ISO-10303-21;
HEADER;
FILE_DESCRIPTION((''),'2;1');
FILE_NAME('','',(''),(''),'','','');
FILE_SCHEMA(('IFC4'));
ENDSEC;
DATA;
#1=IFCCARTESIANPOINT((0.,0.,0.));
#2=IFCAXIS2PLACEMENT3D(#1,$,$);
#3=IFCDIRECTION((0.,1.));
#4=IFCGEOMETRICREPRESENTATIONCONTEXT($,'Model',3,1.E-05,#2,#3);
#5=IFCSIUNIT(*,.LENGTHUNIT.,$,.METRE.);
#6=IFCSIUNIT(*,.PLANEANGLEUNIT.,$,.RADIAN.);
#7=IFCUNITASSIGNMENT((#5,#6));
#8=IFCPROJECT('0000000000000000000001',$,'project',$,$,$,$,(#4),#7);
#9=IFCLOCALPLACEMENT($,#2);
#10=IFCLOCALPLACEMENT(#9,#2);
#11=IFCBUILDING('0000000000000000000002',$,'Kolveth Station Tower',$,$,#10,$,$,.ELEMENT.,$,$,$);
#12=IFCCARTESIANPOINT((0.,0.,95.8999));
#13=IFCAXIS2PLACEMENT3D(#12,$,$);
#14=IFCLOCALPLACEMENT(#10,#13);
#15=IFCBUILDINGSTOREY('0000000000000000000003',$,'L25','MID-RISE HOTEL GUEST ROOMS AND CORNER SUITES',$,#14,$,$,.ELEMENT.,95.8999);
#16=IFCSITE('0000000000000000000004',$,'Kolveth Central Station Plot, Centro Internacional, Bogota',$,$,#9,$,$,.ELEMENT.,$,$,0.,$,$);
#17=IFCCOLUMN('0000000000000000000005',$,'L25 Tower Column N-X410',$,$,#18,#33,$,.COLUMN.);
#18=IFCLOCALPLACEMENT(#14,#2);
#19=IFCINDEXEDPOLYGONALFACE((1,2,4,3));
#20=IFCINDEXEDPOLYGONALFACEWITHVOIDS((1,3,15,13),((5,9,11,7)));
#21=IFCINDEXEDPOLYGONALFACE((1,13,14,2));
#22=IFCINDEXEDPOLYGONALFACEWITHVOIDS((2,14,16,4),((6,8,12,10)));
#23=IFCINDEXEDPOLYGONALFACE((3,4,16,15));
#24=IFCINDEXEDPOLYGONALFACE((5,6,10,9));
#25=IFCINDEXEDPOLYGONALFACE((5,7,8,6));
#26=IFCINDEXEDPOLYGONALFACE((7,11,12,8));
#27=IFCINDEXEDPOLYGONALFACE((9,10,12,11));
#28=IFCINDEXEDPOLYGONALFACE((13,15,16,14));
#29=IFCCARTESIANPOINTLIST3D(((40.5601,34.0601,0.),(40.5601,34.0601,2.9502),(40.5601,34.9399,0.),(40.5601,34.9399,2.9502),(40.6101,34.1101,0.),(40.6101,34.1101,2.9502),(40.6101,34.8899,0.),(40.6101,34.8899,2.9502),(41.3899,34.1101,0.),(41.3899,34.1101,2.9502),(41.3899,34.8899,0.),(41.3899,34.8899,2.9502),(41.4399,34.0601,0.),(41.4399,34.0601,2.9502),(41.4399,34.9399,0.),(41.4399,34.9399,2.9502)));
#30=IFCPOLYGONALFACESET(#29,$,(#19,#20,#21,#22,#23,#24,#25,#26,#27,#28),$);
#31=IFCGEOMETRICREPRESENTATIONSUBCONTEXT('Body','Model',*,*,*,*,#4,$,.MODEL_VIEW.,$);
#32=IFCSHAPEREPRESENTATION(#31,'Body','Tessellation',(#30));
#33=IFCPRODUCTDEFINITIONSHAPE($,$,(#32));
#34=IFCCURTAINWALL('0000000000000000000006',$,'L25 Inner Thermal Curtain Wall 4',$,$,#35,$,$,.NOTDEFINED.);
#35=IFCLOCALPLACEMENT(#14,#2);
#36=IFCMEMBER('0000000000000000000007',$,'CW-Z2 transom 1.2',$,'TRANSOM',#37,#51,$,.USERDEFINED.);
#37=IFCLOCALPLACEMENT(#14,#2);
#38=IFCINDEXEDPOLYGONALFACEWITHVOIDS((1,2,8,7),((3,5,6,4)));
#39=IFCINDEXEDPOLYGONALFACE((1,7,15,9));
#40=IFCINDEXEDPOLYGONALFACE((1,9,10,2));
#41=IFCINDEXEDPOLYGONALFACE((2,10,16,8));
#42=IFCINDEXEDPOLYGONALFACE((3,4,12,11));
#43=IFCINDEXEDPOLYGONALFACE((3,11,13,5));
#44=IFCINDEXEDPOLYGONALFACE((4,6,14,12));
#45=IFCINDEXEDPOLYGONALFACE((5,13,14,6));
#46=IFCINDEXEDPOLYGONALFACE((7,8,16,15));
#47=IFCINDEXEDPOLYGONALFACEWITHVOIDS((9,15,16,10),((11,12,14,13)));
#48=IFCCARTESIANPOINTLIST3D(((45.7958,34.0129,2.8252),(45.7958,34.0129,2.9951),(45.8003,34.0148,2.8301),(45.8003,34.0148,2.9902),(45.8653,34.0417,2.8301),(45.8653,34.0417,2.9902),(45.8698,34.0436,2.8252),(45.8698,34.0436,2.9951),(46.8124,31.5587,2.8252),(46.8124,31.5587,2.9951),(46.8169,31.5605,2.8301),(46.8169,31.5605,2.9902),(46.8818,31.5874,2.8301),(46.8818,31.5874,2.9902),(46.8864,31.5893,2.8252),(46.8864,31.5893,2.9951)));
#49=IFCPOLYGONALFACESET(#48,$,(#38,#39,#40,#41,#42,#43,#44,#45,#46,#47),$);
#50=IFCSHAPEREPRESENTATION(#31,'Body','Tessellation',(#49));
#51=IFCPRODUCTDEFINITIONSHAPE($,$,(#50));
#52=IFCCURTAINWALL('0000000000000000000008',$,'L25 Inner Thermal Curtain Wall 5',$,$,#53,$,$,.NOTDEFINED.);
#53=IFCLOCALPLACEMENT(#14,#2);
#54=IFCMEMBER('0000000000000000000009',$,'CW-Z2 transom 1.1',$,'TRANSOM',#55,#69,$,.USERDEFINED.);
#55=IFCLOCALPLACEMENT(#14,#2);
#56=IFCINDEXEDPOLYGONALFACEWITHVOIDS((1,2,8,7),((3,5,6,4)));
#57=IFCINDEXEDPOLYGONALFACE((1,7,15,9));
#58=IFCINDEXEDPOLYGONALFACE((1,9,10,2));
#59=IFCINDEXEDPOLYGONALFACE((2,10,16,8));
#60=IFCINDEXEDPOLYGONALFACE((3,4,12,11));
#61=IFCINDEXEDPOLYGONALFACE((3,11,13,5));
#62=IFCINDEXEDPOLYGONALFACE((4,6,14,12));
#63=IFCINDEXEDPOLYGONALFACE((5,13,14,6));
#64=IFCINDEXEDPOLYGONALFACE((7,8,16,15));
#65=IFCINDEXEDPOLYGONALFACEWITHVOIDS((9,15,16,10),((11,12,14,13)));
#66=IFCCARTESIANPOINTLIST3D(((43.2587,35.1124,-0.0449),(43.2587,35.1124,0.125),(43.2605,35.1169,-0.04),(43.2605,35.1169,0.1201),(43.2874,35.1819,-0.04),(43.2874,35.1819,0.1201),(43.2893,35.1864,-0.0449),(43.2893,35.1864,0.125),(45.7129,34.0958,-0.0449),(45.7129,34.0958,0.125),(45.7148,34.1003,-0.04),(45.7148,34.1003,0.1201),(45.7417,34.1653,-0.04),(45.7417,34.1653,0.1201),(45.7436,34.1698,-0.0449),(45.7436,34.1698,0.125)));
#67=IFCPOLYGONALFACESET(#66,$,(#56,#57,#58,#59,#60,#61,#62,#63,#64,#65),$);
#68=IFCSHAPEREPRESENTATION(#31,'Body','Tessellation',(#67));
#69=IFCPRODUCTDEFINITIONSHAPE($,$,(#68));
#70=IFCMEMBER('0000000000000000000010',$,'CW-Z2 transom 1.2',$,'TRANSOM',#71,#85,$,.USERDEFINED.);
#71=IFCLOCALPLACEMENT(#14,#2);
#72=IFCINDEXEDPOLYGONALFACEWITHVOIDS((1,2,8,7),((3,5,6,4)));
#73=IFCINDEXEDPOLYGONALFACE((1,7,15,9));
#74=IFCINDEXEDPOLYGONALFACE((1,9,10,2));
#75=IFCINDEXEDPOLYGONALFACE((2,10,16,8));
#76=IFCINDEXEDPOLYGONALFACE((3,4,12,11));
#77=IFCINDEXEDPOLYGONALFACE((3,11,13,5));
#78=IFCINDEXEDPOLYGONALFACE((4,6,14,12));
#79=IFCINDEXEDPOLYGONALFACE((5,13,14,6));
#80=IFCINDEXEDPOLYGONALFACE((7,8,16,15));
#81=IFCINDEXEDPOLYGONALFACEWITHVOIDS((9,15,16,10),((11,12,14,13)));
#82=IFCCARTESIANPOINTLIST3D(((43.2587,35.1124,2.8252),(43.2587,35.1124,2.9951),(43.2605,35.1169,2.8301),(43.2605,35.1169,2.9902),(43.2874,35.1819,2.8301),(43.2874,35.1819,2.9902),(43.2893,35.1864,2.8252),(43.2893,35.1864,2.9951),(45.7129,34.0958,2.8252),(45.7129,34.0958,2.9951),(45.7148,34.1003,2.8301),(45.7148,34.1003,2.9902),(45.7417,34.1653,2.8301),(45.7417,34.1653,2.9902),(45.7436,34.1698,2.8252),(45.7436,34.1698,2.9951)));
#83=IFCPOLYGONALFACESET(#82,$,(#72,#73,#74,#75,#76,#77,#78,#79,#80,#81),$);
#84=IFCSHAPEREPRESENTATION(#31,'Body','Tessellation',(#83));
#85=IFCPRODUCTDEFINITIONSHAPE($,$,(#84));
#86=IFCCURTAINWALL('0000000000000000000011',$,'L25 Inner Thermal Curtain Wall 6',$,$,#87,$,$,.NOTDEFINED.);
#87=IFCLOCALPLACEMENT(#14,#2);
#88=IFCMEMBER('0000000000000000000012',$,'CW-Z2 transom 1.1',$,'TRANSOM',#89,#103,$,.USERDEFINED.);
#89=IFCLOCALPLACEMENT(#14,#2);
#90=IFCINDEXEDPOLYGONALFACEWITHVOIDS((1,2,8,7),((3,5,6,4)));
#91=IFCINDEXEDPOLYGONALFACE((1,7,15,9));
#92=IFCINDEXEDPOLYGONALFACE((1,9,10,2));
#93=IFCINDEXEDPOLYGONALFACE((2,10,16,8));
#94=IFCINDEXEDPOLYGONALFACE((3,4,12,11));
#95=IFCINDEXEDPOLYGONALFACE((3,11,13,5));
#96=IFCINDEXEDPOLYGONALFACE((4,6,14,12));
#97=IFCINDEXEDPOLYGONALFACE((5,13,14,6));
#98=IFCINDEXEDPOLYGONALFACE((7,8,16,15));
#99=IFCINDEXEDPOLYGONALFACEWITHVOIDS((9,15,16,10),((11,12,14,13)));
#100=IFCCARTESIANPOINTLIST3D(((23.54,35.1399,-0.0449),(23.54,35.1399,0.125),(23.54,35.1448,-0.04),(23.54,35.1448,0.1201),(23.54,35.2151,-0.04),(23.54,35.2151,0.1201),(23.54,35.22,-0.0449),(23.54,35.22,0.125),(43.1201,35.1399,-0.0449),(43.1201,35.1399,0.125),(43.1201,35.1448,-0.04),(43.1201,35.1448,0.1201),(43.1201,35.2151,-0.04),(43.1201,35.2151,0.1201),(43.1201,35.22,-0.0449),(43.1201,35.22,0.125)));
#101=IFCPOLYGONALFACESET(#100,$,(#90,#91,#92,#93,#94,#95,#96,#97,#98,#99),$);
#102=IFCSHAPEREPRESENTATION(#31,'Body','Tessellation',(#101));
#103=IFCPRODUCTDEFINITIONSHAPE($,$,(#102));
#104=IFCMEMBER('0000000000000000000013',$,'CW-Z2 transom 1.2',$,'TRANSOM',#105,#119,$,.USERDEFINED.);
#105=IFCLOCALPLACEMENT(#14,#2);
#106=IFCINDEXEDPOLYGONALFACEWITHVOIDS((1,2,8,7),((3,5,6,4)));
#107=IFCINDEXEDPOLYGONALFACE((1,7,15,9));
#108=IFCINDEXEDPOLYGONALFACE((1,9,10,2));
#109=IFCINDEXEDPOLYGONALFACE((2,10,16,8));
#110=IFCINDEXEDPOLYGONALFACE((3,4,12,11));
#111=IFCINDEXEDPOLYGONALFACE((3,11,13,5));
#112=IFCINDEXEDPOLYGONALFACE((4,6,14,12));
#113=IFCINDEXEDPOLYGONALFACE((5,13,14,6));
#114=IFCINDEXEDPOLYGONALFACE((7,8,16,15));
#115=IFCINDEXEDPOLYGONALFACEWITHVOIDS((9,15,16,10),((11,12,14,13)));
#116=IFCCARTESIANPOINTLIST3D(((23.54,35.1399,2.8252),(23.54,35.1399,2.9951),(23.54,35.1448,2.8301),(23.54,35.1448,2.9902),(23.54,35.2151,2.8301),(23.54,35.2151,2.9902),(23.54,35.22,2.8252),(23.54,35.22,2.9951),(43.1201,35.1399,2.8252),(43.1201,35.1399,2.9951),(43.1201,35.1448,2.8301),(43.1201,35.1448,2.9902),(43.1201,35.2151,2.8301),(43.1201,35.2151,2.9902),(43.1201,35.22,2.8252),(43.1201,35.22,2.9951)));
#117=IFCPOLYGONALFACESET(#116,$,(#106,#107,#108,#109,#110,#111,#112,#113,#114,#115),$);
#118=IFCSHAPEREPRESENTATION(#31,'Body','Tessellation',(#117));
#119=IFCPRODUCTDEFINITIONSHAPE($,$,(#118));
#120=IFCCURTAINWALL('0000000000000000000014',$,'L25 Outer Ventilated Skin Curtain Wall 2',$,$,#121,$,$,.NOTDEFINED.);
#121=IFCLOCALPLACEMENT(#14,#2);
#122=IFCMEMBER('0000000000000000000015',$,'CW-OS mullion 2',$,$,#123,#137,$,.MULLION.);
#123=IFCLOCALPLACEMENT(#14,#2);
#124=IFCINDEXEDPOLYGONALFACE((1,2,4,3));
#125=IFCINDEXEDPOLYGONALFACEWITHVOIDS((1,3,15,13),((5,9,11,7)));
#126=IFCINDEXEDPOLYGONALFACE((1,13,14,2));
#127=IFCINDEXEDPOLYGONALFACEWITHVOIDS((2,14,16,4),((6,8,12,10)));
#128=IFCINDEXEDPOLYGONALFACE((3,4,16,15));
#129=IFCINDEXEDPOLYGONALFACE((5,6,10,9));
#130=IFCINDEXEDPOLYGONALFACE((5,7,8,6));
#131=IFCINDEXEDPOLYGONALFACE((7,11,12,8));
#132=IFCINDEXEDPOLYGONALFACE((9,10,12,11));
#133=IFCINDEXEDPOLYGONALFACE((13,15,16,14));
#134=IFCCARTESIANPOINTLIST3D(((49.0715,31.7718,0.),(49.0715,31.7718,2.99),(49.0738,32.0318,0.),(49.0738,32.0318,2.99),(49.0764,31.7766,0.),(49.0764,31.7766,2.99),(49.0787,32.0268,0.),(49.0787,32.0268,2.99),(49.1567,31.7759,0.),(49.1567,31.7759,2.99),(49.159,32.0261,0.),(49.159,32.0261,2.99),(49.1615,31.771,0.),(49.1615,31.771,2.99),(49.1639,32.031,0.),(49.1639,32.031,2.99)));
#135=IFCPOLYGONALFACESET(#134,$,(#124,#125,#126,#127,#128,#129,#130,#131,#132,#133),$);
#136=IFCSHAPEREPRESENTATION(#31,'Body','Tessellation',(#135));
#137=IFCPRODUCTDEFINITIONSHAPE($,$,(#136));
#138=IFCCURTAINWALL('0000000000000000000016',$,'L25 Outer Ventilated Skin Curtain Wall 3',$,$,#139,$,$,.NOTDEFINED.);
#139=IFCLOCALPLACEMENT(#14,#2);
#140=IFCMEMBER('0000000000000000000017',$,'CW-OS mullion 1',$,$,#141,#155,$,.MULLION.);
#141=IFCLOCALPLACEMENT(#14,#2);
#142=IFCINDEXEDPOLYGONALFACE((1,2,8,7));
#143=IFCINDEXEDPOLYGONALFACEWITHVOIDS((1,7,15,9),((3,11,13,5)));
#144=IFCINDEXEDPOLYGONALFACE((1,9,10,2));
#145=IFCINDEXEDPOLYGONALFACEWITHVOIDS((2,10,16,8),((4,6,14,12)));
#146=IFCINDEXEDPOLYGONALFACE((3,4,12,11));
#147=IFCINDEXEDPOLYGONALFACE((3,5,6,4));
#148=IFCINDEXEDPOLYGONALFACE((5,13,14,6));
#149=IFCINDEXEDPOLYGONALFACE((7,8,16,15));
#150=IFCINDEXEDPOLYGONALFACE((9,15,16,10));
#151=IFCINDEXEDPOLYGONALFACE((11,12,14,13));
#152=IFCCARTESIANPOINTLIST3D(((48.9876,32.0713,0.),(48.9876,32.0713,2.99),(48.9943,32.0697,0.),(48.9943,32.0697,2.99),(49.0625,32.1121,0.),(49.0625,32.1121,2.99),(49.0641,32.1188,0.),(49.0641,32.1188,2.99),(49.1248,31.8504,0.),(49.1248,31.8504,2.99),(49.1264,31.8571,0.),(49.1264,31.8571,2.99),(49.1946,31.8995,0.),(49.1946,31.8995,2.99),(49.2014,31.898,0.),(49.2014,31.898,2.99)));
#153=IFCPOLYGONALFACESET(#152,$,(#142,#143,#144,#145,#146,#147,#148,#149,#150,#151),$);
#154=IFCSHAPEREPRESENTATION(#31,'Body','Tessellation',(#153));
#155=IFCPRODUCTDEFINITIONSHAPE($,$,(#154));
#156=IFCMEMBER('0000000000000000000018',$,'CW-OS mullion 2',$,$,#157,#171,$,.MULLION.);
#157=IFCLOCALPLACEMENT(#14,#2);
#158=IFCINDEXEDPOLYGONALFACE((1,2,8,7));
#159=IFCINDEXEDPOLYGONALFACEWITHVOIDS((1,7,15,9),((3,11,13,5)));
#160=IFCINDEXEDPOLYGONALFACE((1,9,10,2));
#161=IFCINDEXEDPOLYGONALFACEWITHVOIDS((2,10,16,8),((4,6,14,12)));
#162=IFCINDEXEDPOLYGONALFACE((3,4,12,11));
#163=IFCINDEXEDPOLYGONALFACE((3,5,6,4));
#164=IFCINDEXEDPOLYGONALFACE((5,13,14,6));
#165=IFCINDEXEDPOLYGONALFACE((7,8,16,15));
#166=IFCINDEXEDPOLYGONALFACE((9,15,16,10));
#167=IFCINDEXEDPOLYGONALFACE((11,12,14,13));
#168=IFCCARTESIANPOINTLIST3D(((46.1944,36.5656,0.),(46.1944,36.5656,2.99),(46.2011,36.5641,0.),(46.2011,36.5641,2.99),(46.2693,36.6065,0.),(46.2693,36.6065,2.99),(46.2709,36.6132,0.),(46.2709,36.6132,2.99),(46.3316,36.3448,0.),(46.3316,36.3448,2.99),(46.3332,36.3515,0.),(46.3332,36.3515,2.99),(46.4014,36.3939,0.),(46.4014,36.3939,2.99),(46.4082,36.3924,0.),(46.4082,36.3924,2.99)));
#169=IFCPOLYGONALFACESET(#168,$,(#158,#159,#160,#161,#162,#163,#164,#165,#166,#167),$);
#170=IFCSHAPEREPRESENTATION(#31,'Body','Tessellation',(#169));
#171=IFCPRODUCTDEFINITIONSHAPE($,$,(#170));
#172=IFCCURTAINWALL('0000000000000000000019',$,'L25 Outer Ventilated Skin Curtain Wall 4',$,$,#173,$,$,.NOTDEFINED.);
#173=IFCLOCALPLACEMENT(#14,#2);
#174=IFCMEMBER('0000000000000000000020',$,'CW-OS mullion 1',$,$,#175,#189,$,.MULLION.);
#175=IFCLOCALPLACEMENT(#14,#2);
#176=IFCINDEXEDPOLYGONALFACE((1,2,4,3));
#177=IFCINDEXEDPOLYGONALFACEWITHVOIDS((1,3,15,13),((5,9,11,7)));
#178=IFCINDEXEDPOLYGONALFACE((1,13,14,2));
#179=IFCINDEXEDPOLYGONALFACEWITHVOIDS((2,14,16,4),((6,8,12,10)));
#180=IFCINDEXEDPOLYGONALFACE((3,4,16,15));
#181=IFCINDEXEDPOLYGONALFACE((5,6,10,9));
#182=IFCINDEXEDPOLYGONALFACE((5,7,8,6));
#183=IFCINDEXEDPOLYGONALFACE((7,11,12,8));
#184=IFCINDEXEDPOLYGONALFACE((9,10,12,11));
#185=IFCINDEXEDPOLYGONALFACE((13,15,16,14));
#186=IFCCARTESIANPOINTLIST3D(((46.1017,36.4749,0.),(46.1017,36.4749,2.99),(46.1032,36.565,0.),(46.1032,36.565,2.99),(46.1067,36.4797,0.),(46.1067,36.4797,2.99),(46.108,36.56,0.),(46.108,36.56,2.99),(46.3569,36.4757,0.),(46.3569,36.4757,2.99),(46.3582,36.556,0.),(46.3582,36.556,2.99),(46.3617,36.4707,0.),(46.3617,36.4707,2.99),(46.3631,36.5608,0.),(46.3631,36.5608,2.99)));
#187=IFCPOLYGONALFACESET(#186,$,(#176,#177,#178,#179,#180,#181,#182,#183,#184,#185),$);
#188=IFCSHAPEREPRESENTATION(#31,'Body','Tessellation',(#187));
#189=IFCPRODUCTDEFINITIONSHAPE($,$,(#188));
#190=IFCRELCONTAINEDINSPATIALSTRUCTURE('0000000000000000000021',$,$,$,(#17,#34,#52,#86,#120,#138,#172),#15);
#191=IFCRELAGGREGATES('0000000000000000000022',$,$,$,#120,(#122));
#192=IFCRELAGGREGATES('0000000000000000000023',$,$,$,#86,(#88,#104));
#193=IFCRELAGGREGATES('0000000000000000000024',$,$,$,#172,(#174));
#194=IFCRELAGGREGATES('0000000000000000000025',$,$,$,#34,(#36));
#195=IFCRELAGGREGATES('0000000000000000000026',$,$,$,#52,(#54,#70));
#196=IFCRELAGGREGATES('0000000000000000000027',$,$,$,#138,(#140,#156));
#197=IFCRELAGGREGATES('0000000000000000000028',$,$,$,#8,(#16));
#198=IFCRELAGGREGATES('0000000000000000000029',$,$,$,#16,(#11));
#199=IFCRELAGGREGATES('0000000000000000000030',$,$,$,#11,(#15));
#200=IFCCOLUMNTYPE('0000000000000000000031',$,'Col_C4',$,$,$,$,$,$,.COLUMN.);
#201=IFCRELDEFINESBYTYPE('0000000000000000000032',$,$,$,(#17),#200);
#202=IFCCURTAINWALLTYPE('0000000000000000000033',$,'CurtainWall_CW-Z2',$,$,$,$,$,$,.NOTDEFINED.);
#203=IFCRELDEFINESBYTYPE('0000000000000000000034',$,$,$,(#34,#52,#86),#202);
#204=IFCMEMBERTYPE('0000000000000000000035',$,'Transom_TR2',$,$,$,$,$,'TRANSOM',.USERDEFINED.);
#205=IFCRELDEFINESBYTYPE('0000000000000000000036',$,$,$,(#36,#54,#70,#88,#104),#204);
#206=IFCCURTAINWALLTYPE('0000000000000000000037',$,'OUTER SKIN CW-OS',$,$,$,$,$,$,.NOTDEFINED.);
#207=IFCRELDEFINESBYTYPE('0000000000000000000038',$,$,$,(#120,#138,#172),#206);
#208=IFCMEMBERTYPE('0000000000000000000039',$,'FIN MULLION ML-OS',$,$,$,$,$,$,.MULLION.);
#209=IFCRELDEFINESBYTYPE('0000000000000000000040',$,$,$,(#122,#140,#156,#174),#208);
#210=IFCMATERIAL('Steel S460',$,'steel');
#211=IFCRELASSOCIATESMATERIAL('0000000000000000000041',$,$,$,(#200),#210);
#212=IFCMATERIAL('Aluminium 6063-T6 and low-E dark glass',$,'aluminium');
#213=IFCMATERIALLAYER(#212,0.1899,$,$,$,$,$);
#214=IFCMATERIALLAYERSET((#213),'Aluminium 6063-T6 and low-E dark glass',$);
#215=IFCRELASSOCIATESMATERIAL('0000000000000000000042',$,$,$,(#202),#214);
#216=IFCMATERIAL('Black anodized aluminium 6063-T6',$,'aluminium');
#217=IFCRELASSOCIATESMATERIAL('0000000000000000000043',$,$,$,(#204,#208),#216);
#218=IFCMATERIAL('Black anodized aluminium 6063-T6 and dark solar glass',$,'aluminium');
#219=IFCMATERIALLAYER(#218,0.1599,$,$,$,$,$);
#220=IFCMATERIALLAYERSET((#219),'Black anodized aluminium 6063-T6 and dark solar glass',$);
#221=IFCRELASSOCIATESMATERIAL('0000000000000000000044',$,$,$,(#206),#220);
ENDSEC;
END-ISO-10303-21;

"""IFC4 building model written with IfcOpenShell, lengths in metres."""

from ifc_helpers import new_model, si_unit, direction, frame, origin, origin_2d, place, context, subcontext, project, spatial, hollow_rectangle, extrude, source, transform, mapped, material, layer, layer_set, material_profile, profile_set, type_object, element, aggregate, save


model = new_model("IFC4")

# Units and contexts
model_context = context("Model", 3, precision=1e-05, world=origin(), true_north=direction((0.0, 1.0)))
body_context = subcontext(model_context, "Body", "Model", "MODEL_VIEW")
ifc_project = project(units=[si_unit("LENGTHUNIT", "METRE"), si_unit("PLANEANGLEUNIT", "RADIAN")], contexts=[model_context])

# Site, building, storey
site_placement = place(None, origin())
site = spatial("IfcSite", under=ifc_project, at=site_placement, Name="Kolveth Central Station Plot, Centro Internacional, Bogota", CompositionType="ELEMENT", RefElevation=0.0)
building_placement = place(site_placement, origin())
building = spatial("IfcBuilding", under=site, at=building_placement, Name="Kolveth Station Tower", CompositionType="ELEMENT")
storey_placement = place(building_placement, frame((0.0, 0.0, 95.8999)))
storey = spatial("IfcBuildingStorey", under=building, at=storey_placement, Name="L25", Description="MID-RISE HOTEL GUEST ROOMS AND CORNER SUITES", CompositionType="ELEMENT", Elevation=95.8999)

# Column
ifc_material_1 = material(Name="Steel S460", Category="steel")
ifc_material_profile_1 = material_profile(ifc_material_1, hollow_rectangle(XDim=0.8799, YDim=0.8799, WallThickness=0.05, at=origin_2d()), Name="BOX880x880x50")
ifc_profile_set_1 = profile_set([ifc_material_profile_1], Name="Steel S460")
column_type = type_object("IfcColumnType", Name="Col_C4", PredefinedType="COLUMN", material=ifc_profile_set_1)
shared_shape_1 = source(origin(), body_context, "Body", "SweptSolid", [
    extrude(hollow_rectangle(XDim=0.8799, YDim=0.8799, WallThickness=0.05, at=origin_2d()), origin(), (0.0, 0.0, 1.0), 2.9502),
])
column_placement = place(storey_placement, frame((41.0, 34.5, 0.0), z_axis=(0.0, 0.0, 1.0), x_axis=(1.0, 0.0, 0.0)))
element("IfcColumn", 1, at=column_placement, inside=storey, type_object=column_type, Name="L25 Tower Column N-X410", PredefinedType="COLUMN", context=body_context, shape_type="MappedRepresentation", body=[
    mapped(shared_shape_1, transform((0.0, 0.0, 0.0), x_axis=(1.0, 0.0, 0.0), y_axis=(0.0, 1.0, 0.0), z_axis=(0.0, 0.0, 1.0), scale=1.0)),
])

# Curtain wall, member
ifc_material_2 = material(Name="Aluminium 6063-T6 and low-E dark glass", Category="aluminium")
ifc_layer_1 = layer(ifc_material_2, 0.1899)
ifc_layer_set_1 = layer_set([ifc_layer_1], Name="Aluminium 6063-T6 and low-E dark glass")
curtain_wall_type_1 = type_object("IfcCurtainWallType", Name="CurtainWall_CW-Z2", PredefinedType="NOTDEFINED", material=ifc_layer_set_1)
curtain_wall_1_placement = place(storey_placement, origin())
curtain_wall_1 = element("IfcCurtainWall", 2, at=curtain_wall_1_placement, inside=storey, type_object=curtain_wall_type_1, Name="L25 Inner Thermal Curtain Wall 4", PredefinedType="NOTDEFINED")
ifc_material_3 = material(Name="Black anodized aluminium 6063-T6", Category="aluminium")
ifc_material_profile_2 = material_profile(ifc_material_3, hollow_rectangle(XDim=0.0801, YDim=0.1699, WallThickness=0.0049, at=origin_2d()), Name="ALU-80x170x5")
ifc_profile_set_2 = profile_set([ifc_material_profile_2], Name="Black anodized aluminium 6063-T6")
member_type_1 = type_object("IfcMemberType", Name="Transom_TR2", ElementType="TRANSOM", PredefinedType="USERDEFINED", material=ifc_profile_set_2)
shared_shape_2 = source(origin(), body_context, "Body", "SweptSolid", [
    extrude(hollow_rectangle(XDim=0.0801, YDim=0.1699, WallThickness=0.0049, at=origin_2d()), origin(), (0.0, 0.0, 1.0), 2.6565),
])
member_1_placement = place(storey_placement, frame((46.8494, 31.574, 2.9102), z_axis=(-0.382676, 0.923882, 0.0), x_axis=(-0.923882, -0.382676, 0.0)))
member_1 = element("IfcMember", 3, at=member_1_placement, type_object=member_type_1, Name="CW-Z2 transom 1.2", ObjectType="TRANSOM", PredefinedType="USERDEFINED", context=body_context, shape_type="MappedRepresentation", body=[
    mapped(shared_shape_2, transform((0.0, 0.0, 0.0), x_axis=(1.0, 0.0, 0.0), y_axis=(0.0, 1.0, 0.0), z_axis=(0.0, 0.0, 1.0), scale=1.0)),
])

# Curtain walls, members
curtain_wall_2_placement = place(storey_placement, origin())
curtain_wall_2 = element("IfcCurtainWall", 4, at=curtain_wall_2_placement, inside=storey, type_object=curtain_wall_type_1, Name="L25 Inner Thermal Curtain Wall 5", PredefinedType="NOTDEFINED")
member_2_placement = place(storey_placement, frame((45.7283, 34.1328, 0.04), z_axis=(-0.923882, 0.382676, 0.0), x_axis=(-0.382676, -0.923882, 0.0)))
member_2 = element("IfcMember", 5, at=member_2_placement, type_object=member_type_1, Name="CW-Z2 transom 1.1", ObjectType="TRANSOM", PredefinedType="USERDEFINED", context=body_context, shape_type="MappedRepresentation", body=[
    mapped(shared_shape_2, transform((0.0, 0.0, 0.0), x_axis=(1.0, 0.0, 0.0), y_axis=(0.0, 1.0, 0.0), z_axis=(0.0, 0.0, 1.0), scale=1.0)),
])
member_3_placement = place(storey_placement, frame((45.7283, 34.1328, 2.9102), z_axis=(-0.923882, 0.382676, 0.0), x_axis=(-0.382676, -0.923882, 0.0)))
member_3 = element("IfcMember", 6, at=member_3_placement, type_object=member_type_1, Name="CW-Z2 transom 1.2", ObjectType="TRANSOM", PredefinedType="USERDEFINED", context=body_context, shape_type="MappedRepresentation", body=[
    mapped(shared_shape_2, transform((0.0, 0.0, 0.0), x_axis=(1.0, 0.0, 0.0), y_axis=(0.0, 1.0, 0.0), z_axis=(0.0, 0.0, 1.0), scale=1.0)),
])
curtain_wall_3_placement = place(storey_placement, origin())
curtain_wall_3 = element("IfcCurtainWall", 7, at=curtain_wall_3_placement, inside=storey, type_object=curtain_wall_type_1, Name="L25 Inner Thermal Curtain Wall 6", PredefinedType="NOTDEFINED")
shared_shape_3 = source(origin(), body_context, "Body", "SweptSolid", [
    extrude(hollow_rectangle(XDim=0.0801, YDim=0.1699, WallThickness=0.0049, at=origin_2d()), origin(), (0.0, 0.0, 1.0), 19.5801),
])
member_4_placement = place(storey_placement, frame((43.1201, 35.1799, 0.04), z_axis=(-1.0, 0.0, 0.0), x_axis=(0.0, -1.0, 0.0)))
member_4 = element("IfcMember", 8, at=member_4_placement, type_object=member_type_1, Name="CW-Z2 transom 1.1", ObjectType="TRANSOM", PredefinedType="USERDEFINED", context=body_context, shape_type="MappedRepresentation", body=[
    mapped(shared_shape_3, transform((0.0, 0.0, 0.0), x_axis=(1.0, 0.0, 0.0), y_axis=(0.0, 1.0, 0.0), z_axis=(0.0, 0.0, 1.0), scale=1.0)),
])
member_5_placement = place(storey_placement, frame((43.1201, 35.1799, 2.9102), z_axis=(-1.0, 0.0, 0.0), x_axis=(0.0, -1.0, 0.0)))
member_5 = element("IfcMember", 9, at=member_5_placement, type_object=member_type_1, Name="CW-Z2 transom 1.2", ObjectType="TRANSOM", PredefinedType="USERDEFINED", context=body_context, shape_type="MappedRepresentation", body=[
    mapped(shared_shape_3, transform((0.0, 0.0, 0.0), x_axis=(1.0, 0.0, 0.0), y_axis=(0.0, 1.0, 0.0), z_axis=(0.0, 0.0, 1.0), scale=1.0)),
])

# Curtain wall, member
ifc_material_4 = material(Name="Black anodized aluminium 6063-T6 and dark solar glass", Category="aluminium")
ifc_layer_2 = layer(ifc_material_4, 0.1599)
ifc_layer_set_2 = layer_set([ifc_layer_2], Name="Black anodized aluminium 6063-T6 and dark solar glass")
curtain_wall_type_2 = type_object("IfcCurtainWallType", Name="OUTER SKIN CW-OS", PredefinedType="NOTDEFINED", material=ifc_layer_set_2)
curtain_wall_4_placement = place(storey_placement, origin())
curtain_wall_4 = element("IfcCurtainWall", 10, at=curtain_wall_4_placement, inside=storey, type_object=curtain_wall_type_2, Name="L25 Outer Ventilated Skin Curtain Wall 2", PredefinedType="NOTDEFINED")
ifc_material_profile_3 = material_profile(ifc_material_3, hollow_rectangle(XDim=0.0901, YDim=0.26, WallThickness=0.0049, at=origin_2d()), Name="ALU-90x260x5")
ifc_profile_set_3 = profile_set([ifc_material_profile_3], Name="Black anodized aluminium 6063-T6")
member_type_2 = type_object("IfcMemberType", Name="FIN MULLION ML-OS", PredefinedType="MULLION", material=ifc_profile_set_3)
shared_shape_4 = source(origin(), body_context, "Body", "SweptSolid", [
    extrude(hollow_rectangle(XDim=0.0901, YDim=0.26, WallThickness=0.0049, at=origin_2d()), origin(), (0.0, 0.0, 1.0), 2.99),
])
member_6_placement = place(storey_placement, frame((49.1177, 31.9014, 0.0), z_axis=(0.0, 0.0, 1.0), x_axis=(-0.999959, 0.009066, 0.0)))
member_6 = element("IfcMember", 11, at=member_6_placement, type_object=member_type_2, Name="CW-OS mullion 2", PredefinedType="MULLION", context=body_context, shape_type="MappedRepresentation", body=[
    mapped(shared_shape_4, transform((0.0, 0.0, 0.0), x_axis=(1.0, 0.0, 0.0), y_axis=(0.0, 1.0, 0.0), z_axis=(0.0, 0.0, 1.0), scale=1.0)),
])
aggregate(curtain_wall_4, [member_6])

# Curtain wall, members
curtain_wall_5_placement = place(storey_placement, origin())
curtain_wall_5 = element("IfcCurtainWall", 12, at=curtain_wall_5_placement, inside=storey, type_object=curtain_wall_type_2, Name="L25 Outer Ventilated Skin Curtain Wall 3", PredefinedType="NOTDEFINED")
member_7_placement = place(storey_placement, frame((49.0945, 31.9846, 0.0), z_axis=(0.0, 0.0, 1.0), x_axis=(-0.849336, -0.527853, 0.0)))
member_7 = element("IfcMember", 13, at=member_7_placement, type_object=member_type_2, Name="CW-OS mullion 1", PredefinedType="MULLION", context=body_context, shape_type="MappedRepresentation", body=[
    mapped(shared_shape_4, transform((0.0, 0.0, 0.0), x_axis=(1.0, 0.0, 0.0), y_axis=(0.0, 1.0, 0.0), z_axis=(0.0, 0.0, 1.0), scale=1.0)),
])
member_8_placement = place(storey_placement, frame((46.3013, 36.479, 0.0), z_axis=(0.0, 0.0, 1.0), x_axis=(-0.849336, -0.527853, 0.0)))
member_8 = element("IfcMember", 14, at=member_8_placement, type_object=member_type_2, Name="CW-OS mullion 2", PredefinedType="MULLION", context=body_context, shape_type="MappedRepresentation", body=[
    mapped(shared_shape_4, transform((0.0, 0.0, 0.0), x_axis=(1.0, 0.0, 0.0), y_axis=(0.0, 1.0, 0.0), z_axis=(0.0, 0.0, 1.0), scale=1.0)),
])

# Curtain wall, member
curtain_wall_6_placement = place(storey_placement, origin())
curtain_wall_6 = element("IfcCurtainWall", 15, at=curtain_wall_6_placement, inside=storey, type_object=curtain_wall_type_2, Name="L25 Outer Ventilated Skin Curtain Wall 4", PredefinedType="NOTDEFINED")
member_9_placement = place(storey_placement, frame((46.2324, 36.5178, 0.0), z_axis=(0.0, 0.0, 1.0), x_axis=(-0.016101, -0.99987, 0.0)))
member_9 = element("IfcMember", 16, at=member_9_placement, type_object=member_type_2, Name="CW-OS mullion 1", PredefinedType="MULLION", context=body_context, shape_type="MappedRepresentation", body=[
    mapped(shared_shape_4, transform((0.0, 0.0, 0.0), x_axis=(1.0, 0.0, 0.0), y_axis=(0.0, 1.0, 0.0), z_axis=(0.0, 0.0, 1.0), scale=1.0)),
])

aggregate(curtain_wall_3, [member_4, member_5])
aggregate(curtain_wall_6, [member_9])

aggregate(curtain_wall_1, [member_1])
aggregate(curtain_wall_2, [member_2, member_3])
aggregate(curtain_wall_5, [member_7, member_8])

save(model, "model.ifc")
